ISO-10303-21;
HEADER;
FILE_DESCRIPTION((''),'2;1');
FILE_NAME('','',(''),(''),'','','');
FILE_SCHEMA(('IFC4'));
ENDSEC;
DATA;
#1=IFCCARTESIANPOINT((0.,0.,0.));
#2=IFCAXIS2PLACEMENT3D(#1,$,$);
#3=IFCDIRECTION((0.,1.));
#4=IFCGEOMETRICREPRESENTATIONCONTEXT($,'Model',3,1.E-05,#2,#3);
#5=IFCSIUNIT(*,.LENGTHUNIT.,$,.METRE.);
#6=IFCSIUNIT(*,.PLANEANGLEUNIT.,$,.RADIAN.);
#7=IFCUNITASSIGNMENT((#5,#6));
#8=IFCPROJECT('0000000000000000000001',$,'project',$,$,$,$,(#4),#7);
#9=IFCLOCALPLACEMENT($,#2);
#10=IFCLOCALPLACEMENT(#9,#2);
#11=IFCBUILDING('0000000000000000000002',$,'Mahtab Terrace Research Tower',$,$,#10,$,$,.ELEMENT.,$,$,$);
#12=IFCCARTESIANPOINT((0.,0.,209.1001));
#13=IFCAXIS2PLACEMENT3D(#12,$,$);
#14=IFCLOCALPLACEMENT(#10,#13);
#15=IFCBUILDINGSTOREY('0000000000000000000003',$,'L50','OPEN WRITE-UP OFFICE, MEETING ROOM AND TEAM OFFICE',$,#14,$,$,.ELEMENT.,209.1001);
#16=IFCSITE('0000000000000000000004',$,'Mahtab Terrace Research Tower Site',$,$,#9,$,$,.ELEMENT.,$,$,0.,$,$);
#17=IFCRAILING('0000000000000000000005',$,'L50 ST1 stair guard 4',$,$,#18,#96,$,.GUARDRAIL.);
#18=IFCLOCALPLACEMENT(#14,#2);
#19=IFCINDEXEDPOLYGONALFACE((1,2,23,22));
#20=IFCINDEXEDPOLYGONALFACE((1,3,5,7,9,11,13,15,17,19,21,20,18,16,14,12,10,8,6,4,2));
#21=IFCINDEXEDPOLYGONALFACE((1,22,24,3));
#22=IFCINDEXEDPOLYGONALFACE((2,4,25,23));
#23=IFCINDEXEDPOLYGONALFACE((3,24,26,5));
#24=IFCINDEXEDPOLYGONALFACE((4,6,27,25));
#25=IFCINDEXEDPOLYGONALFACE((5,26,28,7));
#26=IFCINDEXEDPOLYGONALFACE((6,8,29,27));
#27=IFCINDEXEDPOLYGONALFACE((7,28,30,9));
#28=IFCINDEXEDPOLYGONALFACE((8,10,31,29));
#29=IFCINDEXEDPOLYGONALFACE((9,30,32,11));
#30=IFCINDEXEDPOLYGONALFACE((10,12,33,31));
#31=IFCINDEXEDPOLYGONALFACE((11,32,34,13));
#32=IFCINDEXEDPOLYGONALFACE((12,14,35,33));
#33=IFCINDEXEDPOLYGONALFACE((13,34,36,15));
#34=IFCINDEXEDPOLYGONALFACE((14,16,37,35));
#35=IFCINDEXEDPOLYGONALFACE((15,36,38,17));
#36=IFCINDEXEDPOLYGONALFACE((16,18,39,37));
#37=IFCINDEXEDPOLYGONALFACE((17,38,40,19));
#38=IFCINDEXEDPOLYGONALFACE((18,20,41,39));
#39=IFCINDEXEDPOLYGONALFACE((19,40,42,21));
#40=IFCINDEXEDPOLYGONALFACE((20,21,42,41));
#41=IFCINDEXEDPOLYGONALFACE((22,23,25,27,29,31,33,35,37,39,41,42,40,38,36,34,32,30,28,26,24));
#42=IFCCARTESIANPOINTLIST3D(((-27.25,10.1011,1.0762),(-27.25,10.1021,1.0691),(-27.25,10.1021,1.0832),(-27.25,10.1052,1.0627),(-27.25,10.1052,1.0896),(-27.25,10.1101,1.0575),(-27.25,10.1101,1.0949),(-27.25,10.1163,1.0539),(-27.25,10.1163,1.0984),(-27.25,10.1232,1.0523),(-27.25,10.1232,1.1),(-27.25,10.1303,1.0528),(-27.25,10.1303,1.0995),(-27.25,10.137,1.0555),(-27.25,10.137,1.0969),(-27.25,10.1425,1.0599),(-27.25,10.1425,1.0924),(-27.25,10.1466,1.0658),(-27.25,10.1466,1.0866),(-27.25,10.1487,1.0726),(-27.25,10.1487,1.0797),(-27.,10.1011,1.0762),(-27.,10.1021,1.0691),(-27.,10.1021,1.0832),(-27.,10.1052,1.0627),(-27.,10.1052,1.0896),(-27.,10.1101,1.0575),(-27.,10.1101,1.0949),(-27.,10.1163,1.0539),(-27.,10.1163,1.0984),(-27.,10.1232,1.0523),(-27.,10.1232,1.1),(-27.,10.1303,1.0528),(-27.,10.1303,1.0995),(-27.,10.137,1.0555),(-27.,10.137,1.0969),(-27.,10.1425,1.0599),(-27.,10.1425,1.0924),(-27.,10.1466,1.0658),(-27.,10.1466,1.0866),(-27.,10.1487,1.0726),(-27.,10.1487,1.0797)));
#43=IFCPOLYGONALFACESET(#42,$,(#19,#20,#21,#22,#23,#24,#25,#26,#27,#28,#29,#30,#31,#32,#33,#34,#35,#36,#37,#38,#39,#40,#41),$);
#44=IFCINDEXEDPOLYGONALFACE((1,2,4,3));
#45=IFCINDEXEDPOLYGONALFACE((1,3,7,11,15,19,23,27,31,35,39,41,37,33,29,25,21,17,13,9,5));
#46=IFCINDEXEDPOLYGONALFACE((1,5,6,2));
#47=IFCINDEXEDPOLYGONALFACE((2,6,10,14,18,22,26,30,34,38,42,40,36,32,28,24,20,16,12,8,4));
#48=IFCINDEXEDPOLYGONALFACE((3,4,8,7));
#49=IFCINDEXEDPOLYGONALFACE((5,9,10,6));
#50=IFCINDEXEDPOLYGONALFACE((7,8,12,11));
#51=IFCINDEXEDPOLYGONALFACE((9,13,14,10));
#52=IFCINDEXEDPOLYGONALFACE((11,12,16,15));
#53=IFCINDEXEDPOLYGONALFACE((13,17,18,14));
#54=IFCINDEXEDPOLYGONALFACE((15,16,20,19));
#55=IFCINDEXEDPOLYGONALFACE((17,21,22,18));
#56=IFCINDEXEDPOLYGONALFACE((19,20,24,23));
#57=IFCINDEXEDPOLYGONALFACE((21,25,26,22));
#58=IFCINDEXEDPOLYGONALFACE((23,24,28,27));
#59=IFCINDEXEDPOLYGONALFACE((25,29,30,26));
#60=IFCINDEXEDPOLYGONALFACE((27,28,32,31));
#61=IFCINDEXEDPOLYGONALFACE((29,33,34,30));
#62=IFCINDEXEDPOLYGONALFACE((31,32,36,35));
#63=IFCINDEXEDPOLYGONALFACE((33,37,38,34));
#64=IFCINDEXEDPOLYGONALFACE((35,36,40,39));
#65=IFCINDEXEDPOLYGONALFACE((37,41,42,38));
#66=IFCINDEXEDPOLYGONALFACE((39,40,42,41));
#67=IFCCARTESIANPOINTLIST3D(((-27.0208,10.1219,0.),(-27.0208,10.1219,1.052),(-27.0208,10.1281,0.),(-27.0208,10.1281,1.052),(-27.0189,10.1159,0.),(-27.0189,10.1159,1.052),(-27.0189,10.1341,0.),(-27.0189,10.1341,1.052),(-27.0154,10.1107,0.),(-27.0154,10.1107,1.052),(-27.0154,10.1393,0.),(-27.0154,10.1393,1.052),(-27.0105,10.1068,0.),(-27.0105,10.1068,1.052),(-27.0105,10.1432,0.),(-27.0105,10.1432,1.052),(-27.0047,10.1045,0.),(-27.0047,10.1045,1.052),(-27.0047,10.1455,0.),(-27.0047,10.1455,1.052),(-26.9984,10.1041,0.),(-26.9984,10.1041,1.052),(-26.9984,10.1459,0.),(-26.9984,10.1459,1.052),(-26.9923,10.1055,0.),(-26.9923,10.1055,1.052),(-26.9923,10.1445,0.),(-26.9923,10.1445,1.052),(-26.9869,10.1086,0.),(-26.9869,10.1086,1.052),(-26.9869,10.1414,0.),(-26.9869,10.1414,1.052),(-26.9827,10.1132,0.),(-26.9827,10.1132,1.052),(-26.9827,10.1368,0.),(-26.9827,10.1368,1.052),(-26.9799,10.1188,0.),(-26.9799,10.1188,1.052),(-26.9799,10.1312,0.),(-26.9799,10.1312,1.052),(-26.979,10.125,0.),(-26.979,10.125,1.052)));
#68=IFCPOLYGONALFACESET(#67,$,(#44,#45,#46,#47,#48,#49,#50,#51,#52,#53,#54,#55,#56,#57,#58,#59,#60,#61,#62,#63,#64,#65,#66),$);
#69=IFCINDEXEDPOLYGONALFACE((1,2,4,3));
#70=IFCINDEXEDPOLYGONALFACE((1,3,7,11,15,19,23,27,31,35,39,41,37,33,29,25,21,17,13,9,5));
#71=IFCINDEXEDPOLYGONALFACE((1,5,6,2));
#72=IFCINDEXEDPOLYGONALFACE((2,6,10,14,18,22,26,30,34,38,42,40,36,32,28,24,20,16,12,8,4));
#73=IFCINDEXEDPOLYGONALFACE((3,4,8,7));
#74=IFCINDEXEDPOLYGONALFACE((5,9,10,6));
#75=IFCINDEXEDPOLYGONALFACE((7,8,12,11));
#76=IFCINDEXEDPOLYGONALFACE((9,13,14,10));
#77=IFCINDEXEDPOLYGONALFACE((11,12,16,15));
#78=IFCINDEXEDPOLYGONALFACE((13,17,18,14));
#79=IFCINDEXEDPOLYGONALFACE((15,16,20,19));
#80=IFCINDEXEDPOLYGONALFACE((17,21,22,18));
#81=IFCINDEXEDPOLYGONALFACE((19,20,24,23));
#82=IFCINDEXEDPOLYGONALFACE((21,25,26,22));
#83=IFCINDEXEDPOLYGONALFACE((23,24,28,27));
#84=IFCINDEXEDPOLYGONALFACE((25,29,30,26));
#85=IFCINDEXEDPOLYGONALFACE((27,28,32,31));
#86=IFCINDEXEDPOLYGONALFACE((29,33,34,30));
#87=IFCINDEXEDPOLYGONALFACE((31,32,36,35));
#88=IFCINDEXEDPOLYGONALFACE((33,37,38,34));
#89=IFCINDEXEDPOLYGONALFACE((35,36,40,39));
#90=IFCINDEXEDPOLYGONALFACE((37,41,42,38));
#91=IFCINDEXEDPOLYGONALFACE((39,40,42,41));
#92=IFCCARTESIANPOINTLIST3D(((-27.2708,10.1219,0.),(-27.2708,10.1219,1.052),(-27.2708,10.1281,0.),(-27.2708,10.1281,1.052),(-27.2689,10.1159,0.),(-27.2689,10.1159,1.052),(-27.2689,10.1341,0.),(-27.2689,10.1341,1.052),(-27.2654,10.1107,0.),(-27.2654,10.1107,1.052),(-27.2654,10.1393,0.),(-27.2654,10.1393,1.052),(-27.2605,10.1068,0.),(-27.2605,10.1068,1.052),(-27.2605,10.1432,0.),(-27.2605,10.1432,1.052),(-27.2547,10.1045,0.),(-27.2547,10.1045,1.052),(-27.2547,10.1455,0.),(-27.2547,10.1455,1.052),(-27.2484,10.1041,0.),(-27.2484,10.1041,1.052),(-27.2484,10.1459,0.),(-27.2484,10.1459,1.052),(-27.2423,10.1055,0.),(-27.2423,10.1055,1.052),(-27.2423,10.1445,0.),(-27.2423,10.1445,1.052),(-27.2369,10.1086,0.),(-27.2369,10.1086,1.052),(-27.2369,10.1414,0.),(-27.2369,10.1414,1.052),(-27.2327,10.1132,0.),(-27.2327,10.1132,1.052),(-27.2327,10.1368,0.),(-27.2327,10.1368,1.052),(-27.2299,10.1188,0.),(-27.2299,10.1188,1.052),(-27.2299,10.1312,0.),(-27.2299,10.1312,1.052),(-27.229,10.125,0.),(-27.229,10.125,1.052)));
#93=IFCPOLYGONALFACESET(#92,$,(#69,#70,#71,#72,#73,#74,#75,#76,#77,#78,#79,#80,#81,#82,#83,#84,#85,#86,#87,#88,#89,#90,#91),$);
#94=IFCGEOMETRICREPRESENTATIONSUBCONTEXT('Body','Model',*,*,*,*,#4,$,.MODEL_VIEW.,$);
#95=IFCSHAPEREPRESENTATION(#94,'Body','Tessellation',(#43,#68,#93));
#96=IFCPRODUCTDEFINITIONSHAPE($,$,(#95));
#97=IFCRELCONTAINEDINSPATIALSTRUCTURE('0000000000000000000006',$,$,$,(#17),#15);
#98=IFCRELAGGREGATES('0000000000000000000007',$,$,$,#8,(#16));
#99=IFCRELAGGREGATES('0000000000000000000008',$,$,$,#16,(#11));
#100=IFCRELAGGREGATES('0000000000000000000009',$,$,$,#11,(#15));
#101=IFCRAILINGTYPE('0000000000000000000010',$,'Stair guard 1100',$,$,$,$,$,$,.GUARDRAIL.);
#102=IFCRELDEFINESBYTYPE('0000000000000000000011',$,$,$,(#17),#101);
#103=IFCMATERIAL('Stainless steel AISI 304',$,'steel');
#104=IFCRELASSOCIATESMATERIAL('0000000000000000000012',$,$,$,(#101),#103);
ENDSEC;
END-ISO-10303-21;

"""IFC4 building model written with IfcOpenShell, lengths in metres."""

from ifc_helpers import new_model, si_unit, direction, frame, origin, origin_2d, place, context, subcontext, project, spatial, circle, extrude, material, type_object, element, save


model = new_model("IFC4")

# Units and contexts
model_context = context("Model", 3, precision=1e-05, world=origin(), true_north=direction((0.0, 1.0)))
body_context = subcontext(model_context, "Body", "Model", "MODEL_VIEW")
ifc_project = project(units=[si_unit("LENGTHUNIT", "METRE"), si_unit("PLANEANGLEUNIT", "RADIAN")], contexts=[model_context])

# Site, building, storey
site_placement = place(None, origin())
site = spatial("IfcSite", under=ifc_project, at=site_placement, Name="Mahtab Terrace Research Tower Site", CompositionType="ELEMENT", RefElevation=0.0)
building_placement = place(site_placement, origin())
building = spatial("IfcBuilding", under=site, at=building_placement, Name="Mahtab Terrace Research Tower", CompositionType="ELEMENT")
storey_placement = place(building_placement, frame((0.0, 0.0, 209.1001)))
storey = spatial("IfcBuildingStorey", under=building, at=storey_placement, Name="L50", Description="OPEN WRITE-UP OFFICE, MEETING ROOM AND TEAM OFFICE", CompositionType="ELEMENT", Elevation=209.1001)

# Railing
ifc_material_1 = material(Name="Stainless steel AISI 304", Category="steel")
railing_type_1 = type_object("IfcRailingType", Name="Stair guard 1100", PredefinedType="GUARDRAIL", material=ifc_material_1)
railing_1_placement = place(storey_placement, frame((-27.0, 10.125, 0.0)))
element("IfcRailing", 1, at=railing_1_placement, inside=storey, type_object=railing_type_1, Name="L50 ST1 stair guard 4", PredefinedType="GUARDRAIL", context=body_context, shape_type="SweptSolid", body=[
    extrude(circle(Radius=0.0239, at=origin_2d()), frame((0.0, 0.0, 1.0762), z_axis=(-1.0, 0.0, 0.0), x_axis=(0.0, -1.0, 0.0)), (0.0, 0.0, 1.0), 0.25),
    extrude(circle(Radius=0.021, at=origin_2d()), origin(), (0.0, 0.0, 1.0), 1.052),
    extrude(circle(Radius=0.021, at=origin_2d()), frame((-0.25, 0.0, 0.0)), (0.0, 0.0, 1.0), 1.052),
])

save(model, "model.ifc")
